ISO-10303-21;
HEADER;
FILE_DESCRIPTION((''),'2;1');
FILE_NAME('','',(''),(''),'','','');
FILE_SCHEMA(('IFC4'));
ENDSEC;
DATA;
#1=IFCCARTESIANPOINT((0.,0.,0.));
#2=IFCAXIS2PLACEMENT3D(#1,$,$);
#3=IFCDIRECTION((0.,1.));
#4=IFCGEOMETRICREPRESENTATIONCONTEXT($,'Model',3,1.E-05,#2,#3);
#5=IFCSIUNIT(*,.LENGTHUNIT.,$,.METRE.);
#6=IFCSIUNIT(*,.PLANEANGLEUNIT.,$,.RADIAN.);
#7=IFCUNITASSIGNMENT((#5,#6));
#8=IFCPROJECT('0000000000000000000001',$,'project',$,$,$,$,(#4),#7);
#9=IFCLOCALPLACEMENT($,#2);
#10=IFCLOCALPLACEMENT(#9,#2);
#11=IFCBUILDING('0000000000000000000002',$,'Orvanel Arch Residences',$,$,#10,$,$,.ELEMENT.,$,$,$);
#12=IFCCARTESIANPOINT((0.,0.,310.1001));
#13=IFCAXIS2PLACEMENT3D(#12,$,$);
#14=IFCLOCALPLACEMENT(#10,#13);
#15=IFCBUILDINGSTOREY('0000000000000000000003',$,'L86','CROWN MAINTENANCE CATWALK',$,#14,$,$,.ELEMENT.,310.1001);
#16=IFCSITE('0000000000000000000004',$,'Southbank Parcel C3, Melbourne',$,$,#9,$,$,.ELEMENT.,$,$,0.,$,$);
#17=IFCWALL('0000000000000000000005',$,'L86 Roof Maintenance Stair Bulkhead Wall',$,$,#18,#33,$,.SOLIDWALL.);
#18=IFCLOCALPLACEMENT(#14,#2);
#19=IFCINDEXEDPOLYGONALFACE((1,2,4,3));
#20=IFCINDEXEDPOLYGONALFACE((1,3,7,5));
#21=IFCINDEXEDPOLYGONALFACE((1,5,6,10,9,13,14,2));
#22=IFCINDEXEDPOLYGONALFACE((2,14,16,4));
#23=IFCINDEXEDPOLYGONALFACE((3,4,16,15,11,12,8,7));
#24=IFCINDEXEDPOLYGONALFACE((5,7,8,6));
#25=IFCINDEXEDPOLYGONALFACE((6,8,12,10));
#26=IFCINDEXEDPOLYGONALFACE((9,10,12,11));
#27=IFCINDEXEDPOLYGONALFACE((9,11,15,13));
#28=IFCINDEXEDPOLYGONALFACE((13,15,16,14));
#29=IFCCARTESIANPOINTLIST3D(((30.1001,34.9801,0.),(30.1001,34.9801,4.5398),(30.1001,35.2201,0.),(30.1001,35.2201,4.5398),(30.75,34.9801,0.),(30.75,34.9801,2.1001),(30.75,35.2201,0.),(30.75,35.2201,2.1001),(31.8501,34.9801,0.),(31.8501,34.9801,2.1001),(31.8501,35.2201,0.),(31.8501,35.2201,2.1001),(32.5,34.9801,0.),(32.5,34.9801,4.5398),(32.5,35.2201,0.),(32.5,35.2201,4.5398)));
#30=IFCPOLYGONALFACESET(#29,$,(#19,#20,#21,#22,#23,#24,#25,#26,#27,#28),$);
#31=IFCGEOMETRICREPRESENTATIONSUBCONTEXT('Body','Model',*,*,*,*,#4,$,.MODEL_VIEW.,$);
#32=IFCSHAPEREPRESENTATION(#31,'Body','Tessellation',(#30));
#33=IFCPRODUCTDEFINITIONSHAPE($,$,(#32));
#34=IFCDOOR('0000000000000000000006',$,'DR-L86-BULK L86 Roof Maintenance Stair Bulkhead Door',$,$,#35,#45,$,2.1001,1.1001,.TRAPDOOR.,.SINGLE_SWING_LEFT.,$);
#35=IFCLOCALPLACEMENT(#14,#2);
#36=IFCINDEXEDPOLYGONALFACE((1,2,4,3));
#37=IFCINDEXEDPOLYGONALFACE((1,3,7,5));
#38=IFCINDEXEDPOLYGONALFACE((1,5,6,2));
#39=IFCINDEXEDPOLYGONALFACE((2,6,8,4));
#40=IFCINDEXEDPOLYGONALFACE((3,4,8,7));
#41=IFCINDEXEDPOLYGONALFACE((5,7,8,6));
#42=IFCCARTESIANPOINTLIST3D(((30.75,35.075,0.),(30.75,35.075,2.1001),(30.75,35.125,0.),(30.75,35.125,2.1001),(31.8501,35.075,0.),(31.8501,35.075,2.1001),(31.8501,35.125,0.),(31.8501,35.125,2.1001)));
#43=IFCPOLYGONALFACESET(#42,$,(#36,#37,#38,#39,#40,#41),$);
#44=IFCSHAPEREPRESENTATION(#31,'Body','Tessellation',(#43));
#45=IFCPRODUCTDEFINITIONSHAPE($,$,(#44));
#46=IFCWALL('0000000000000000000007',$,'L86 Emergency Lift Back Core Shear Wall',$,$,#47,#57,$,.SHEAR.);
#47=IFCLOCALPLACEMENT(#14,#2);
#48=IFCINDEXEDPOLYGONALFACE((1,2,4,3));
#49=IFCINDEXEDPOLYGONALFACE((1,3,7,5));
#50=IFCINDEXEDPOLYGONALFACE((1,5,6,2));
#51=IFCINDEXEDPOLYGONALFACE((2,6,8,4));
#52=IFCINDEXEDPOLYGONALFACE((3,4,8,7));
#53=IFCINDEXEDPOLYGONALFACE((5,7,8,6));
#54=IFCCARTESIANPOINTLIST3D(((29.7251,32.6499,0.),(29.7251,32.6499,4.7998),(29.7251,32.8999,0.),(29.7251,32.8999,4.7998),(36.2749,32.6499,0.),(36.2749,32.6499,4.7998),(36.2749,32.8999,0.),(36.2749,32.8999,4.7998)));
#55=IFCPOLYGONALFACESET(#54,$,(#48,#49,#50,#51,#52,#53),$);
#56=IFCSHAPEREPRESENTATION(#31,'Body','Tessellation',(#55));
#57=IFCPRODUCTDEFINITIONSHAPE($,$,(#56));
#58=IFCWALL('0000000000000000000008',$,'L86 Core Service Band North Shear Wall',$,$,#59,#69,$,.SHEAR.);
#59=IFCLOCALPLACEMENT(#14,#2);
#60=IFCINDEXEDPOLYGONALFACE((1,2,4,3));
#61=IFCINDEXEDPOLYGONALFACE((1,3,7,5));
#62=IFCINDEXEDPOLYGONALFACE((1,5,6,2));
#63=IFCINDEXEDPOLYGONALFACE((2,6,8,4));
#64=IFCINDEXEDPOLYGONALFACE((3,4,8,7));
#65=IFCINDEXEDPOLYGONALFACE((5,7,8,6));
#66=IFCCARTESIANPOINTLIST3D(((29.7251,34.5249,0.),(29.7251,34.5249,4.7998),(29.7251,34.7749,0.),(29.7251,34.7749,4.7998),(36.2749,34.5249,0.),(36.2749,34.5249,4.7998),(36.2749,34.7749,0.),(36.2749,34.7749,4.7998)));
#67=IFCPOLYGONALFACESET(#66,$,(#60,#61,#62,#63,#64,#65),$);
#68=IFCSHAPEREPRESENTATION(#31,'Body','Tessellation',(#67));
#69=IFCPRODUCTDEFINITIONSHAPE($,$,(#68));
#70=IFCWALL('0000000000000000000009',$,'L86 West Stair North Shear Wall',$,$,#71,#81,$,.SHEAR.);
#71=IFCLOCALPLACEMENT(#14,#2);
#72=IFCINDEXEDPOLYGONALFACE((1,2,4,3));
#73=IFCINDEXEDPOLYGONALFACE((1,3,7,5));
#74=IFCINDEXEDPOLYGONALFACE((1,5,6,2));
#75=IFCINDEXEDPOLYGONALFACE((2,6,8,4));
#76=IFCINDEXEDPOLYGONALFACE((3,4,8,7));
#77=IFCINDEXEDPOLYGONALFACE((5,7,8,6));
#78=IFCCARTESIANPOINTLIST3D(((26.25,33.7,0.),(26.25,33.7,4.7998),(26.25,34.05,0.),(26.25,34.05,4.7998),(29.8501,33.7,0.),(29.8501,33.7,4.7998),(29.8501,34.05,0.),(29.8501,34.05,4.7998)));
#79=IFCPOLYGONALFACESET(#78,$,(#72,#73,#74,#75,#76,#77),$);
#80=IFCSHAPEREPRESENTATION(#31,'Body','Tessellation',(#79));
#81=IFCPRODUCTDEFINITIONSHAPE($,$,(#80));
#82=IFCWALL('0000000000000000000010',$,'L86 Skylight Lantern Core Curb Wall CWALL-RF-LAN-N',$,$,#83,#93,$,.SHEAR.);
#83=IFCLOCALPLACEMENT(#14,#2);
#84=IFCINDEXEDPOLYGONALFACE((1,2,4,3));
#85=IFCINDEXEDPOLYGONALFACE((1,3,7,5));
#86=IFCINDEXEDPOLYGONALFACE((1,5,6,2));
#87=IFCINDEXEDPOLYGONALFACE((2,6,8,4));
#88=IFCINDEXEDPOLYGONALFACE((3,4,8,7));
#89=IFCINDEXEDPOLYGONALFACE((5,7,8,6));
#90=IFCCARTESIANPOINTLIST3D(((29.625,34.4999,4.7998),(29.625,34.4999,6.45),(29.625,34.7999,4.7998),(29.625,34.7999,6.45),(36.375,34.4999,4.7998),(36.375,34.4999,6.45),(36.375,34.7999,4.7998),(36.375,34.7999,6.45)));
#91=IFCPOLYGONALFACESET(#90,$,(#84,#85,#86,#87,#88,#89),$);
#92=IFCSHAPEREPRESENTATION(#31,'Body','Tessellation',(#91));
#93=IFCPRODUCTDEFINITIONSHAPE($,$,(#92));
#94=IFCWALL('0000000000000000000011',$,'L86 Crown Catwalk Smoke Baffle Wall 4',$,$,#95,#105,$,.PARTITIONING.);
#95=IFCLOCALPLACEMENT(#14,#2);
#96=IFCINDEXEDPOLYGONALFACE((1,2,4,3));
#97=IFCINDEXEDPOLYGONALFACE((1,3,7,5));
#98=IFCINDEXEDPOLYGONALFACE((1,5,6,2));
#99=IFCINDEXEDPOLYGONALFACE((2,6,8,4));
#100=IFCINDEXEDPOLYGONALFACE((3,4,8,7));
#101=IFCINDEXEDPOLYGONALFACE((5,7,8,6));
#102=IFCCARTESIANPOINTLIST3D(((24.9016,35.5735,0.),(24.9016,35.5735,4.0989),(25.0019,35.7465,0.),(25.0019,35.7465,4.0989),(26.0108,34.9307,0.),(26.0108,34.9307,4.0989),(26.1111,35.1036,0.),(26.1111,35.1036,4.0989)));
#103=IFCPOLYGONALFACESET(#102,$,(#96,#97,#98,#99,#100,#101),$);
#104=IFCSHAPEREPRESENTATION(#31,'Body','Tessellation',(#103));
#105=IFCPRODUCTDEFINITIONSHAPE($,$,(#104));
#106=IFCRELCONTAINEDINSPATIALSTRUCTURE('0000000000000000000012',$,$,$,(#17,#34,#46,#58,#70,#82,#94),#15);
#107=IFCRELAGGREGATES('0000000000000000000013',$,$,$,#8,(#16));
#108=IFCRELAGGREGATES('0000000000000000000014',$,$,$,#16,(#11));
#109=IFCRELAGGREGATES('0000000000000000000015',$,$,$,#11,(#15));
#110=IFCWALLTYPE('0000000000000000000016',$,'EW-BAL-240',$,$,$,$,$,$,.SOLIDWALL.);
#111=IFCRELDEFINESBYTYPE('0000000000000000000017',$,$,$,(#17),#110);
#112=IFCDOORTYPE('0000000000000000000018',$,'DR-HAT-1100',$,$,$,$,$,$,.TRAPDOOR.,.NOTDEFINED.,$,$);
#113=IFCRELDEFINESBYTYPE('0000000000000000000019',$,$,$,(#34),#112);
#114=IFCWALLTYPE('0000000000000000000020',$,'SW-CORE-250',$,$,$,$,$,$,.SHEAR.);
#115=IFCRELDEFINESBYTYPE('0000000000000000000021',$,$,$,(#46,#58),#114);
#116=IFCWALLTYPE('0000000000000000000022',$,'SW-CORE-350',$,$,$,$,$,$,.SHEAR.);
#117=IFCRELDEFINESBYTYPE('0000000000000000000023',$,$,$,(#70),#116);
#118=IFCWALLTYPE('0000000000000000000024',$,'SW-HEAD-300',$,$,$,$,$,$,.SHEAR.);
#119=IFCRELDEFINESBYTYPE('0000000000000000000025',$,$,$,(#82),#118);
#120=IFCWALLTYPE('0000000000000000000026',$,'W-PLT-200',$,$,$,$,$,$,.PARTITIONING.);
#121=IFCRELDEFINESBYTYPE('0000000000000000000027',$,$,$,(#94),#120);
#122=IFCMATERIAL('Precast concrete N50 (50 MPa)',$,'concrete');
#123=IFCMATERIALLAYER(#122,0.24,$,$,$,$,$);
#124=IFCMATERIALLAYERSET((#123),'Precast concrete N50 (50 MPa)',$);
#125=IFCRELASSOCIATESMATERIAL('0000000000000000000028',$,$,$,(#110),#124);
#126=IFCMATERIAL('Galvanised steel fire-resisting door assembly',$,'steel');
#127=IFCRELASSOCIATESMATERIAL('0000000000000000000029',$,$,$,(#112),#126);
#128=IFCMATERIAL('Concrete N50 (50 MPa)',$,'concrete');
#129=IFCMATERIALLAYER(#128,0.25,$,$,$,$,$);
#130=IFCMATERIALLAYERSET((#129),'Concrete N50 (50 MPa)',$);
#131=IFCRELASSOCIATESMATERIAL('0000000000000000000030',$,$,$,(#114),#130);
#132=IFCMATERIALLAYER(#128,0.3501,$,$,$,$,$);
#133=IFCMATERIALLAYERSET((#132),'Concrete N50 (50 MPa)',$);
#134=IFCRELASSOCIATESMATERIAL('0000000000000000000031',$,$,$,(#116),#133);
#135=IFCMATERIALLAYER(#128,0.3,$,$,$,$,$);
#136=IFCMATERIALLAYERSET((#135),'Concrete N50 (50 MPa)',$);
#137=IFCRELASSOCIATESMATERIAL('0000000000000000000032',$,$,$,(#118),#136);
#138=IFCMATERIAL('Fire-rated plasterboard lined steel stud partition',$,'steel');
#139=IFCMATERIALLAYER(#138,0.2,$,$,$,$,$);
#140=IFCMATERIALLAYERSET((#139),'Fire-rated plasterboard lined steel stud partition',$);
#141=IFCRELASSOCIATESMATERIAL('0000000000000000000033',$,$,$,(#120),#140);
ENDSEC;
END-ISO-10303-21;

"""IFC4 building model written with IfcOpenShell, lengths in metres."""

from ifc_helpers import new_model, si_unit, direction, frame, frame_2d, origin, place, context, subcontext, project, spatial, rectangle, extrude, material, layer, layer_set, type_object, element, fill, save


model = new_model("IFC4")

# Units and contexts
model_context = context("Model", 3, precision=1e-05, world=origin(), true_north=direction((0.0, 1.0)))
body_context = subcontext(model_context, "Body", "Model", "MODEL_VIEW")
ifc_project = project(units=[si_unit("LENGTHUNIT", "METRE"), si_unit("PLANEANGLEUNIT", "RADIAN")], contexts=[model_context])

# Site, building, storey
site_placement = place(None, origin())
site = spatial("IfcSite", under=ifc_project, at=site_placement, Name="Southbank Parcel C3, Melbourne", CompositionType="ELEMENT", RefElevation=0.0)
building_placement = place(site_placement, origin())
building = spatial("IfcBuilding", under=site, at=building_placement, Name="Orvanel Arch Residences", CompositionType="ELEMENT")
storey_placement = place(building_placement, frame((0.0, 0.0, 310.1001)))
storey = spatial("IfcBuildingStorey", under=building, at=storey_placement, Name="L86", Description="CROWN MAINTENANCE CATWALK", CompositionType="ELEMENT", Elevation=310.1001)

# Shared definitions
ifc_material_1 = material(Name="Precast concrete N50 (50 MPa)", Category="concrete")
ifc_layer_1 = layer(ifc_material_1, 0.24)
ifc_layer_set_1 = layer_set([ifc_layer_1], Name="Precast concrete N50 (50 MPa)")
wall_type_1 = type_object("IfcWallType", Name="EW-BAL-240", PredefinedType="SOLIDWALL", material=ifc_layer_set_1)

# Wall, opening, door
wall_1_placement = place(storey_placement, frame((30.1001, 35.1001, 0.0), z_axis=(0.0, 0.0, 1.0), x_axis=(1.0, 0.0, 0.0)))
wall_1 = element("IfcWall", 1, at=wall_1_placement, inside=storey, type_object=wall_type_1, Name="L86 Roof Maintenance Stair Bulkhead Wall", PredefinedType="SOLIDWALL", context=body_context, shape_type="SweptSolid", body=[
    extrude(rectangle(XDim=2.3999, YDim=0.24, at=frame_2d((1.2, 0.0))), origin(), (0.0, 0.0, 1.0), 4.5398),
])
opening_placement = place(wall_1_placement, frame((0.6499, 0.0, 0.0)))
opening = element("IfcOpeningElement", 2, at=opening_placement, cuts=wall_1, PredefinedType="OPENING", context=body_context, shape_type="SweptSolid", body=[
    extrude(rectangle(XDim=1.1001, YDim=2.1001, at=frame_2d((0.55, 1.05))), frame((0.0, 0.1299, 0.0), z_axis=(0.0, -1.0, 0.0), x_axis=(1.0, 0.0, 0.0)), (0.0, 0.0, 1.0), 0.26),
])
ifc_material_2 = material(Name="Galvanised steel fire-resisting door assembly", Category="steel")
door_type = type_object("IfcDoorType", Name="DR-HAT-1100", OperationType="NOTDEFINED", PredefinedType="TRAPDOOR", material=ifc_material_2)
door_placement = place(opening_placement, origin())
door = element("IfcDoor", 3, at=door_placement, inside=storey, type_object=door_type, Name="DR-L86-BULK L86 Roof Maintenance Stair Bulkhead Door", OperationType="SINGLE_SWING_LEFT", OverallHeight=2.1001, OverallWidth=1.1001, PredefinedType="TRAPDOOR", context=body_context, shape_type="SweptSolid", body=[
    extrude(rectangle(XDim=1.1001, YDim=2.1001, at=frame_2d((0.55, 1.05))), frame((0.0, 0.0249, 0.0), z_axis=(0.0, -1.0, 0.0), x_axis=(1.0, 0.0, 0.0)), (0.0, 0.0, 1.0), 0.05),
])
fill(opening, door)

# Walls
ifc_material_3 = material(Name="Concrete N50 (50 MPa)", Category="concrete")
ifc_layer_2 = layer(ifc_material_3, 0.25)
ifc_layer_set_2 = layer_set([ifc_layer_2], Name="Concrete N50 (50 MPa)")
wall_type_2 = type_object("IfcWallType", Name="SW-CORE-250", PredefinedType="SHEAR", material=ifc_layer_set_2)
for number, where, z_axis, x_axis, name in (
    (4, (29.7251, 32.7749, 0.0), (0.0, 0.0, 1.0), (1.0, 0.0, 0.0), "L86 Emergency Lift Back Core Shear Wall"),
    (5, (29.7251, 34.6499, 0.0), (0.0, 0.0, 1.0), (1.0, 0.0, 0.0), "L86 Core Service Band North Shear Wall"),
):
    element("IfcWall", number, at=place(storey_placement, frame(where, z_axis=z_axis, x_axis=x_axis)), inside=storey, type_object=wall_type_2, Name=name, PredefinedType="SHEAR", context=body_context, shape_type="SweptSolid", body=[
        extrude(rectangle(XDim=6.5498, YDim=0.25, at=frame_2d((3.2749, 0.0))), origin(), (0.0, 0.0, 1.0), 4.7998),
    ])
ifc_layer_3 = layer(ifc_material_3, 0.3501)
ifc_layer_set_3 = layer_set([ifc_layer_3], Name="Concrete N50 (50 MPa)")
wall_type_3 = type_object("IfcWallType", Name="SW-CORE-350", PredefinedType="SHEAR", material=ifc_layer_set_3)
wall_2_placement = place(storey_placement, frame((26.25, 33.875, 0.0), z_axis=(0.0, 0.0, 1.0), x_axis=(1.0, 0.0, 0.0)))
element("IfcWall", 6, at=wall_2_placement, inside=storey, type_object=wall_type_3, Name="L86 West Stair North Shear Wall", PredefinedType="SHEAR", context=body_context, shape_type="SweptSolid", body=[
    extrude(rectangle(XDim=3.6001, YDim=0.3501, at=frame_2d((1.8, 0.0))), origin(), (0.0, 0.0, 1.0), 4.7998),
])
ifc_layer_4 = layer(ifc_material_3, 0.3)
ifc_layer_set_4 = layer_set([ifc_layer_4], Name="Concrete N50 (50 MPa)")
wall_type_4 = type_object("IfcWallType", Name="SW-HEAD-300", PredefinedType="SHEAR", material=ifc_layer_set_4)
wall_3_placement = place(storey_placement, frame((29.625, 34.6499, 4.7998), z_axis=(0.0, 0.0, 1.0), x_axis=(1.0, 0.0, 0.0)))
element("IfcWall", 7, at=wall_3_placement, inside=storey, type_object=wall_type_4, Name="L86 Skylight Lantern Core Curb Wall CWALL-RF-LAN-N", PredefinedType="SHEAR", context=body_context, shape_type="SweptSolid", body=[
    extrude(rectangle(XDim=6.75, YDim=0.3, at=frame_2d((3.375, 0.0))), origin(), (0.0, 0.0, 1.0), 1.6501),
])
ifc_material_4 = material(Name="Fire-rated plasterboard lined steel stud partition", Category="steel")
ifc_layer_5 = layer(ifc_material_4, 0.2)
ifc_layer_set_5 = layer_set([ifc_layer_5], Name="Fire-rated plasterboard lined steel stud partition")
wall_type_5 = type_object("IfcWallType", Name="W-PLT-200", PredefinedType="PARTITIONING", material=ifc_layer_set_5)
wall_4_placement = place(storey_placement, frame((26.061, 35.0171, 0.0), z_axis=(0.0, 0.0, 1.0), x_axis=(-0.865191, 0.501442, 0.0)))
element("IfcWall", 8, at=wall_4_placement, inside=storey, type_object=wall_type_5, Name="L86 Crown Catwalk Smoke Baffle Wall 4", PredefinedType="PARTITIONING", context=body_context, shape_type="SweptSolid", body=[
    extrude(rectangle(XDim=1.282, YDim=0.2, at=frame_2d((0.6411, 0.0))), origin(), (0.0, 0.0, 1.0), 4.0989),
])

save(model, "model.ifc")
